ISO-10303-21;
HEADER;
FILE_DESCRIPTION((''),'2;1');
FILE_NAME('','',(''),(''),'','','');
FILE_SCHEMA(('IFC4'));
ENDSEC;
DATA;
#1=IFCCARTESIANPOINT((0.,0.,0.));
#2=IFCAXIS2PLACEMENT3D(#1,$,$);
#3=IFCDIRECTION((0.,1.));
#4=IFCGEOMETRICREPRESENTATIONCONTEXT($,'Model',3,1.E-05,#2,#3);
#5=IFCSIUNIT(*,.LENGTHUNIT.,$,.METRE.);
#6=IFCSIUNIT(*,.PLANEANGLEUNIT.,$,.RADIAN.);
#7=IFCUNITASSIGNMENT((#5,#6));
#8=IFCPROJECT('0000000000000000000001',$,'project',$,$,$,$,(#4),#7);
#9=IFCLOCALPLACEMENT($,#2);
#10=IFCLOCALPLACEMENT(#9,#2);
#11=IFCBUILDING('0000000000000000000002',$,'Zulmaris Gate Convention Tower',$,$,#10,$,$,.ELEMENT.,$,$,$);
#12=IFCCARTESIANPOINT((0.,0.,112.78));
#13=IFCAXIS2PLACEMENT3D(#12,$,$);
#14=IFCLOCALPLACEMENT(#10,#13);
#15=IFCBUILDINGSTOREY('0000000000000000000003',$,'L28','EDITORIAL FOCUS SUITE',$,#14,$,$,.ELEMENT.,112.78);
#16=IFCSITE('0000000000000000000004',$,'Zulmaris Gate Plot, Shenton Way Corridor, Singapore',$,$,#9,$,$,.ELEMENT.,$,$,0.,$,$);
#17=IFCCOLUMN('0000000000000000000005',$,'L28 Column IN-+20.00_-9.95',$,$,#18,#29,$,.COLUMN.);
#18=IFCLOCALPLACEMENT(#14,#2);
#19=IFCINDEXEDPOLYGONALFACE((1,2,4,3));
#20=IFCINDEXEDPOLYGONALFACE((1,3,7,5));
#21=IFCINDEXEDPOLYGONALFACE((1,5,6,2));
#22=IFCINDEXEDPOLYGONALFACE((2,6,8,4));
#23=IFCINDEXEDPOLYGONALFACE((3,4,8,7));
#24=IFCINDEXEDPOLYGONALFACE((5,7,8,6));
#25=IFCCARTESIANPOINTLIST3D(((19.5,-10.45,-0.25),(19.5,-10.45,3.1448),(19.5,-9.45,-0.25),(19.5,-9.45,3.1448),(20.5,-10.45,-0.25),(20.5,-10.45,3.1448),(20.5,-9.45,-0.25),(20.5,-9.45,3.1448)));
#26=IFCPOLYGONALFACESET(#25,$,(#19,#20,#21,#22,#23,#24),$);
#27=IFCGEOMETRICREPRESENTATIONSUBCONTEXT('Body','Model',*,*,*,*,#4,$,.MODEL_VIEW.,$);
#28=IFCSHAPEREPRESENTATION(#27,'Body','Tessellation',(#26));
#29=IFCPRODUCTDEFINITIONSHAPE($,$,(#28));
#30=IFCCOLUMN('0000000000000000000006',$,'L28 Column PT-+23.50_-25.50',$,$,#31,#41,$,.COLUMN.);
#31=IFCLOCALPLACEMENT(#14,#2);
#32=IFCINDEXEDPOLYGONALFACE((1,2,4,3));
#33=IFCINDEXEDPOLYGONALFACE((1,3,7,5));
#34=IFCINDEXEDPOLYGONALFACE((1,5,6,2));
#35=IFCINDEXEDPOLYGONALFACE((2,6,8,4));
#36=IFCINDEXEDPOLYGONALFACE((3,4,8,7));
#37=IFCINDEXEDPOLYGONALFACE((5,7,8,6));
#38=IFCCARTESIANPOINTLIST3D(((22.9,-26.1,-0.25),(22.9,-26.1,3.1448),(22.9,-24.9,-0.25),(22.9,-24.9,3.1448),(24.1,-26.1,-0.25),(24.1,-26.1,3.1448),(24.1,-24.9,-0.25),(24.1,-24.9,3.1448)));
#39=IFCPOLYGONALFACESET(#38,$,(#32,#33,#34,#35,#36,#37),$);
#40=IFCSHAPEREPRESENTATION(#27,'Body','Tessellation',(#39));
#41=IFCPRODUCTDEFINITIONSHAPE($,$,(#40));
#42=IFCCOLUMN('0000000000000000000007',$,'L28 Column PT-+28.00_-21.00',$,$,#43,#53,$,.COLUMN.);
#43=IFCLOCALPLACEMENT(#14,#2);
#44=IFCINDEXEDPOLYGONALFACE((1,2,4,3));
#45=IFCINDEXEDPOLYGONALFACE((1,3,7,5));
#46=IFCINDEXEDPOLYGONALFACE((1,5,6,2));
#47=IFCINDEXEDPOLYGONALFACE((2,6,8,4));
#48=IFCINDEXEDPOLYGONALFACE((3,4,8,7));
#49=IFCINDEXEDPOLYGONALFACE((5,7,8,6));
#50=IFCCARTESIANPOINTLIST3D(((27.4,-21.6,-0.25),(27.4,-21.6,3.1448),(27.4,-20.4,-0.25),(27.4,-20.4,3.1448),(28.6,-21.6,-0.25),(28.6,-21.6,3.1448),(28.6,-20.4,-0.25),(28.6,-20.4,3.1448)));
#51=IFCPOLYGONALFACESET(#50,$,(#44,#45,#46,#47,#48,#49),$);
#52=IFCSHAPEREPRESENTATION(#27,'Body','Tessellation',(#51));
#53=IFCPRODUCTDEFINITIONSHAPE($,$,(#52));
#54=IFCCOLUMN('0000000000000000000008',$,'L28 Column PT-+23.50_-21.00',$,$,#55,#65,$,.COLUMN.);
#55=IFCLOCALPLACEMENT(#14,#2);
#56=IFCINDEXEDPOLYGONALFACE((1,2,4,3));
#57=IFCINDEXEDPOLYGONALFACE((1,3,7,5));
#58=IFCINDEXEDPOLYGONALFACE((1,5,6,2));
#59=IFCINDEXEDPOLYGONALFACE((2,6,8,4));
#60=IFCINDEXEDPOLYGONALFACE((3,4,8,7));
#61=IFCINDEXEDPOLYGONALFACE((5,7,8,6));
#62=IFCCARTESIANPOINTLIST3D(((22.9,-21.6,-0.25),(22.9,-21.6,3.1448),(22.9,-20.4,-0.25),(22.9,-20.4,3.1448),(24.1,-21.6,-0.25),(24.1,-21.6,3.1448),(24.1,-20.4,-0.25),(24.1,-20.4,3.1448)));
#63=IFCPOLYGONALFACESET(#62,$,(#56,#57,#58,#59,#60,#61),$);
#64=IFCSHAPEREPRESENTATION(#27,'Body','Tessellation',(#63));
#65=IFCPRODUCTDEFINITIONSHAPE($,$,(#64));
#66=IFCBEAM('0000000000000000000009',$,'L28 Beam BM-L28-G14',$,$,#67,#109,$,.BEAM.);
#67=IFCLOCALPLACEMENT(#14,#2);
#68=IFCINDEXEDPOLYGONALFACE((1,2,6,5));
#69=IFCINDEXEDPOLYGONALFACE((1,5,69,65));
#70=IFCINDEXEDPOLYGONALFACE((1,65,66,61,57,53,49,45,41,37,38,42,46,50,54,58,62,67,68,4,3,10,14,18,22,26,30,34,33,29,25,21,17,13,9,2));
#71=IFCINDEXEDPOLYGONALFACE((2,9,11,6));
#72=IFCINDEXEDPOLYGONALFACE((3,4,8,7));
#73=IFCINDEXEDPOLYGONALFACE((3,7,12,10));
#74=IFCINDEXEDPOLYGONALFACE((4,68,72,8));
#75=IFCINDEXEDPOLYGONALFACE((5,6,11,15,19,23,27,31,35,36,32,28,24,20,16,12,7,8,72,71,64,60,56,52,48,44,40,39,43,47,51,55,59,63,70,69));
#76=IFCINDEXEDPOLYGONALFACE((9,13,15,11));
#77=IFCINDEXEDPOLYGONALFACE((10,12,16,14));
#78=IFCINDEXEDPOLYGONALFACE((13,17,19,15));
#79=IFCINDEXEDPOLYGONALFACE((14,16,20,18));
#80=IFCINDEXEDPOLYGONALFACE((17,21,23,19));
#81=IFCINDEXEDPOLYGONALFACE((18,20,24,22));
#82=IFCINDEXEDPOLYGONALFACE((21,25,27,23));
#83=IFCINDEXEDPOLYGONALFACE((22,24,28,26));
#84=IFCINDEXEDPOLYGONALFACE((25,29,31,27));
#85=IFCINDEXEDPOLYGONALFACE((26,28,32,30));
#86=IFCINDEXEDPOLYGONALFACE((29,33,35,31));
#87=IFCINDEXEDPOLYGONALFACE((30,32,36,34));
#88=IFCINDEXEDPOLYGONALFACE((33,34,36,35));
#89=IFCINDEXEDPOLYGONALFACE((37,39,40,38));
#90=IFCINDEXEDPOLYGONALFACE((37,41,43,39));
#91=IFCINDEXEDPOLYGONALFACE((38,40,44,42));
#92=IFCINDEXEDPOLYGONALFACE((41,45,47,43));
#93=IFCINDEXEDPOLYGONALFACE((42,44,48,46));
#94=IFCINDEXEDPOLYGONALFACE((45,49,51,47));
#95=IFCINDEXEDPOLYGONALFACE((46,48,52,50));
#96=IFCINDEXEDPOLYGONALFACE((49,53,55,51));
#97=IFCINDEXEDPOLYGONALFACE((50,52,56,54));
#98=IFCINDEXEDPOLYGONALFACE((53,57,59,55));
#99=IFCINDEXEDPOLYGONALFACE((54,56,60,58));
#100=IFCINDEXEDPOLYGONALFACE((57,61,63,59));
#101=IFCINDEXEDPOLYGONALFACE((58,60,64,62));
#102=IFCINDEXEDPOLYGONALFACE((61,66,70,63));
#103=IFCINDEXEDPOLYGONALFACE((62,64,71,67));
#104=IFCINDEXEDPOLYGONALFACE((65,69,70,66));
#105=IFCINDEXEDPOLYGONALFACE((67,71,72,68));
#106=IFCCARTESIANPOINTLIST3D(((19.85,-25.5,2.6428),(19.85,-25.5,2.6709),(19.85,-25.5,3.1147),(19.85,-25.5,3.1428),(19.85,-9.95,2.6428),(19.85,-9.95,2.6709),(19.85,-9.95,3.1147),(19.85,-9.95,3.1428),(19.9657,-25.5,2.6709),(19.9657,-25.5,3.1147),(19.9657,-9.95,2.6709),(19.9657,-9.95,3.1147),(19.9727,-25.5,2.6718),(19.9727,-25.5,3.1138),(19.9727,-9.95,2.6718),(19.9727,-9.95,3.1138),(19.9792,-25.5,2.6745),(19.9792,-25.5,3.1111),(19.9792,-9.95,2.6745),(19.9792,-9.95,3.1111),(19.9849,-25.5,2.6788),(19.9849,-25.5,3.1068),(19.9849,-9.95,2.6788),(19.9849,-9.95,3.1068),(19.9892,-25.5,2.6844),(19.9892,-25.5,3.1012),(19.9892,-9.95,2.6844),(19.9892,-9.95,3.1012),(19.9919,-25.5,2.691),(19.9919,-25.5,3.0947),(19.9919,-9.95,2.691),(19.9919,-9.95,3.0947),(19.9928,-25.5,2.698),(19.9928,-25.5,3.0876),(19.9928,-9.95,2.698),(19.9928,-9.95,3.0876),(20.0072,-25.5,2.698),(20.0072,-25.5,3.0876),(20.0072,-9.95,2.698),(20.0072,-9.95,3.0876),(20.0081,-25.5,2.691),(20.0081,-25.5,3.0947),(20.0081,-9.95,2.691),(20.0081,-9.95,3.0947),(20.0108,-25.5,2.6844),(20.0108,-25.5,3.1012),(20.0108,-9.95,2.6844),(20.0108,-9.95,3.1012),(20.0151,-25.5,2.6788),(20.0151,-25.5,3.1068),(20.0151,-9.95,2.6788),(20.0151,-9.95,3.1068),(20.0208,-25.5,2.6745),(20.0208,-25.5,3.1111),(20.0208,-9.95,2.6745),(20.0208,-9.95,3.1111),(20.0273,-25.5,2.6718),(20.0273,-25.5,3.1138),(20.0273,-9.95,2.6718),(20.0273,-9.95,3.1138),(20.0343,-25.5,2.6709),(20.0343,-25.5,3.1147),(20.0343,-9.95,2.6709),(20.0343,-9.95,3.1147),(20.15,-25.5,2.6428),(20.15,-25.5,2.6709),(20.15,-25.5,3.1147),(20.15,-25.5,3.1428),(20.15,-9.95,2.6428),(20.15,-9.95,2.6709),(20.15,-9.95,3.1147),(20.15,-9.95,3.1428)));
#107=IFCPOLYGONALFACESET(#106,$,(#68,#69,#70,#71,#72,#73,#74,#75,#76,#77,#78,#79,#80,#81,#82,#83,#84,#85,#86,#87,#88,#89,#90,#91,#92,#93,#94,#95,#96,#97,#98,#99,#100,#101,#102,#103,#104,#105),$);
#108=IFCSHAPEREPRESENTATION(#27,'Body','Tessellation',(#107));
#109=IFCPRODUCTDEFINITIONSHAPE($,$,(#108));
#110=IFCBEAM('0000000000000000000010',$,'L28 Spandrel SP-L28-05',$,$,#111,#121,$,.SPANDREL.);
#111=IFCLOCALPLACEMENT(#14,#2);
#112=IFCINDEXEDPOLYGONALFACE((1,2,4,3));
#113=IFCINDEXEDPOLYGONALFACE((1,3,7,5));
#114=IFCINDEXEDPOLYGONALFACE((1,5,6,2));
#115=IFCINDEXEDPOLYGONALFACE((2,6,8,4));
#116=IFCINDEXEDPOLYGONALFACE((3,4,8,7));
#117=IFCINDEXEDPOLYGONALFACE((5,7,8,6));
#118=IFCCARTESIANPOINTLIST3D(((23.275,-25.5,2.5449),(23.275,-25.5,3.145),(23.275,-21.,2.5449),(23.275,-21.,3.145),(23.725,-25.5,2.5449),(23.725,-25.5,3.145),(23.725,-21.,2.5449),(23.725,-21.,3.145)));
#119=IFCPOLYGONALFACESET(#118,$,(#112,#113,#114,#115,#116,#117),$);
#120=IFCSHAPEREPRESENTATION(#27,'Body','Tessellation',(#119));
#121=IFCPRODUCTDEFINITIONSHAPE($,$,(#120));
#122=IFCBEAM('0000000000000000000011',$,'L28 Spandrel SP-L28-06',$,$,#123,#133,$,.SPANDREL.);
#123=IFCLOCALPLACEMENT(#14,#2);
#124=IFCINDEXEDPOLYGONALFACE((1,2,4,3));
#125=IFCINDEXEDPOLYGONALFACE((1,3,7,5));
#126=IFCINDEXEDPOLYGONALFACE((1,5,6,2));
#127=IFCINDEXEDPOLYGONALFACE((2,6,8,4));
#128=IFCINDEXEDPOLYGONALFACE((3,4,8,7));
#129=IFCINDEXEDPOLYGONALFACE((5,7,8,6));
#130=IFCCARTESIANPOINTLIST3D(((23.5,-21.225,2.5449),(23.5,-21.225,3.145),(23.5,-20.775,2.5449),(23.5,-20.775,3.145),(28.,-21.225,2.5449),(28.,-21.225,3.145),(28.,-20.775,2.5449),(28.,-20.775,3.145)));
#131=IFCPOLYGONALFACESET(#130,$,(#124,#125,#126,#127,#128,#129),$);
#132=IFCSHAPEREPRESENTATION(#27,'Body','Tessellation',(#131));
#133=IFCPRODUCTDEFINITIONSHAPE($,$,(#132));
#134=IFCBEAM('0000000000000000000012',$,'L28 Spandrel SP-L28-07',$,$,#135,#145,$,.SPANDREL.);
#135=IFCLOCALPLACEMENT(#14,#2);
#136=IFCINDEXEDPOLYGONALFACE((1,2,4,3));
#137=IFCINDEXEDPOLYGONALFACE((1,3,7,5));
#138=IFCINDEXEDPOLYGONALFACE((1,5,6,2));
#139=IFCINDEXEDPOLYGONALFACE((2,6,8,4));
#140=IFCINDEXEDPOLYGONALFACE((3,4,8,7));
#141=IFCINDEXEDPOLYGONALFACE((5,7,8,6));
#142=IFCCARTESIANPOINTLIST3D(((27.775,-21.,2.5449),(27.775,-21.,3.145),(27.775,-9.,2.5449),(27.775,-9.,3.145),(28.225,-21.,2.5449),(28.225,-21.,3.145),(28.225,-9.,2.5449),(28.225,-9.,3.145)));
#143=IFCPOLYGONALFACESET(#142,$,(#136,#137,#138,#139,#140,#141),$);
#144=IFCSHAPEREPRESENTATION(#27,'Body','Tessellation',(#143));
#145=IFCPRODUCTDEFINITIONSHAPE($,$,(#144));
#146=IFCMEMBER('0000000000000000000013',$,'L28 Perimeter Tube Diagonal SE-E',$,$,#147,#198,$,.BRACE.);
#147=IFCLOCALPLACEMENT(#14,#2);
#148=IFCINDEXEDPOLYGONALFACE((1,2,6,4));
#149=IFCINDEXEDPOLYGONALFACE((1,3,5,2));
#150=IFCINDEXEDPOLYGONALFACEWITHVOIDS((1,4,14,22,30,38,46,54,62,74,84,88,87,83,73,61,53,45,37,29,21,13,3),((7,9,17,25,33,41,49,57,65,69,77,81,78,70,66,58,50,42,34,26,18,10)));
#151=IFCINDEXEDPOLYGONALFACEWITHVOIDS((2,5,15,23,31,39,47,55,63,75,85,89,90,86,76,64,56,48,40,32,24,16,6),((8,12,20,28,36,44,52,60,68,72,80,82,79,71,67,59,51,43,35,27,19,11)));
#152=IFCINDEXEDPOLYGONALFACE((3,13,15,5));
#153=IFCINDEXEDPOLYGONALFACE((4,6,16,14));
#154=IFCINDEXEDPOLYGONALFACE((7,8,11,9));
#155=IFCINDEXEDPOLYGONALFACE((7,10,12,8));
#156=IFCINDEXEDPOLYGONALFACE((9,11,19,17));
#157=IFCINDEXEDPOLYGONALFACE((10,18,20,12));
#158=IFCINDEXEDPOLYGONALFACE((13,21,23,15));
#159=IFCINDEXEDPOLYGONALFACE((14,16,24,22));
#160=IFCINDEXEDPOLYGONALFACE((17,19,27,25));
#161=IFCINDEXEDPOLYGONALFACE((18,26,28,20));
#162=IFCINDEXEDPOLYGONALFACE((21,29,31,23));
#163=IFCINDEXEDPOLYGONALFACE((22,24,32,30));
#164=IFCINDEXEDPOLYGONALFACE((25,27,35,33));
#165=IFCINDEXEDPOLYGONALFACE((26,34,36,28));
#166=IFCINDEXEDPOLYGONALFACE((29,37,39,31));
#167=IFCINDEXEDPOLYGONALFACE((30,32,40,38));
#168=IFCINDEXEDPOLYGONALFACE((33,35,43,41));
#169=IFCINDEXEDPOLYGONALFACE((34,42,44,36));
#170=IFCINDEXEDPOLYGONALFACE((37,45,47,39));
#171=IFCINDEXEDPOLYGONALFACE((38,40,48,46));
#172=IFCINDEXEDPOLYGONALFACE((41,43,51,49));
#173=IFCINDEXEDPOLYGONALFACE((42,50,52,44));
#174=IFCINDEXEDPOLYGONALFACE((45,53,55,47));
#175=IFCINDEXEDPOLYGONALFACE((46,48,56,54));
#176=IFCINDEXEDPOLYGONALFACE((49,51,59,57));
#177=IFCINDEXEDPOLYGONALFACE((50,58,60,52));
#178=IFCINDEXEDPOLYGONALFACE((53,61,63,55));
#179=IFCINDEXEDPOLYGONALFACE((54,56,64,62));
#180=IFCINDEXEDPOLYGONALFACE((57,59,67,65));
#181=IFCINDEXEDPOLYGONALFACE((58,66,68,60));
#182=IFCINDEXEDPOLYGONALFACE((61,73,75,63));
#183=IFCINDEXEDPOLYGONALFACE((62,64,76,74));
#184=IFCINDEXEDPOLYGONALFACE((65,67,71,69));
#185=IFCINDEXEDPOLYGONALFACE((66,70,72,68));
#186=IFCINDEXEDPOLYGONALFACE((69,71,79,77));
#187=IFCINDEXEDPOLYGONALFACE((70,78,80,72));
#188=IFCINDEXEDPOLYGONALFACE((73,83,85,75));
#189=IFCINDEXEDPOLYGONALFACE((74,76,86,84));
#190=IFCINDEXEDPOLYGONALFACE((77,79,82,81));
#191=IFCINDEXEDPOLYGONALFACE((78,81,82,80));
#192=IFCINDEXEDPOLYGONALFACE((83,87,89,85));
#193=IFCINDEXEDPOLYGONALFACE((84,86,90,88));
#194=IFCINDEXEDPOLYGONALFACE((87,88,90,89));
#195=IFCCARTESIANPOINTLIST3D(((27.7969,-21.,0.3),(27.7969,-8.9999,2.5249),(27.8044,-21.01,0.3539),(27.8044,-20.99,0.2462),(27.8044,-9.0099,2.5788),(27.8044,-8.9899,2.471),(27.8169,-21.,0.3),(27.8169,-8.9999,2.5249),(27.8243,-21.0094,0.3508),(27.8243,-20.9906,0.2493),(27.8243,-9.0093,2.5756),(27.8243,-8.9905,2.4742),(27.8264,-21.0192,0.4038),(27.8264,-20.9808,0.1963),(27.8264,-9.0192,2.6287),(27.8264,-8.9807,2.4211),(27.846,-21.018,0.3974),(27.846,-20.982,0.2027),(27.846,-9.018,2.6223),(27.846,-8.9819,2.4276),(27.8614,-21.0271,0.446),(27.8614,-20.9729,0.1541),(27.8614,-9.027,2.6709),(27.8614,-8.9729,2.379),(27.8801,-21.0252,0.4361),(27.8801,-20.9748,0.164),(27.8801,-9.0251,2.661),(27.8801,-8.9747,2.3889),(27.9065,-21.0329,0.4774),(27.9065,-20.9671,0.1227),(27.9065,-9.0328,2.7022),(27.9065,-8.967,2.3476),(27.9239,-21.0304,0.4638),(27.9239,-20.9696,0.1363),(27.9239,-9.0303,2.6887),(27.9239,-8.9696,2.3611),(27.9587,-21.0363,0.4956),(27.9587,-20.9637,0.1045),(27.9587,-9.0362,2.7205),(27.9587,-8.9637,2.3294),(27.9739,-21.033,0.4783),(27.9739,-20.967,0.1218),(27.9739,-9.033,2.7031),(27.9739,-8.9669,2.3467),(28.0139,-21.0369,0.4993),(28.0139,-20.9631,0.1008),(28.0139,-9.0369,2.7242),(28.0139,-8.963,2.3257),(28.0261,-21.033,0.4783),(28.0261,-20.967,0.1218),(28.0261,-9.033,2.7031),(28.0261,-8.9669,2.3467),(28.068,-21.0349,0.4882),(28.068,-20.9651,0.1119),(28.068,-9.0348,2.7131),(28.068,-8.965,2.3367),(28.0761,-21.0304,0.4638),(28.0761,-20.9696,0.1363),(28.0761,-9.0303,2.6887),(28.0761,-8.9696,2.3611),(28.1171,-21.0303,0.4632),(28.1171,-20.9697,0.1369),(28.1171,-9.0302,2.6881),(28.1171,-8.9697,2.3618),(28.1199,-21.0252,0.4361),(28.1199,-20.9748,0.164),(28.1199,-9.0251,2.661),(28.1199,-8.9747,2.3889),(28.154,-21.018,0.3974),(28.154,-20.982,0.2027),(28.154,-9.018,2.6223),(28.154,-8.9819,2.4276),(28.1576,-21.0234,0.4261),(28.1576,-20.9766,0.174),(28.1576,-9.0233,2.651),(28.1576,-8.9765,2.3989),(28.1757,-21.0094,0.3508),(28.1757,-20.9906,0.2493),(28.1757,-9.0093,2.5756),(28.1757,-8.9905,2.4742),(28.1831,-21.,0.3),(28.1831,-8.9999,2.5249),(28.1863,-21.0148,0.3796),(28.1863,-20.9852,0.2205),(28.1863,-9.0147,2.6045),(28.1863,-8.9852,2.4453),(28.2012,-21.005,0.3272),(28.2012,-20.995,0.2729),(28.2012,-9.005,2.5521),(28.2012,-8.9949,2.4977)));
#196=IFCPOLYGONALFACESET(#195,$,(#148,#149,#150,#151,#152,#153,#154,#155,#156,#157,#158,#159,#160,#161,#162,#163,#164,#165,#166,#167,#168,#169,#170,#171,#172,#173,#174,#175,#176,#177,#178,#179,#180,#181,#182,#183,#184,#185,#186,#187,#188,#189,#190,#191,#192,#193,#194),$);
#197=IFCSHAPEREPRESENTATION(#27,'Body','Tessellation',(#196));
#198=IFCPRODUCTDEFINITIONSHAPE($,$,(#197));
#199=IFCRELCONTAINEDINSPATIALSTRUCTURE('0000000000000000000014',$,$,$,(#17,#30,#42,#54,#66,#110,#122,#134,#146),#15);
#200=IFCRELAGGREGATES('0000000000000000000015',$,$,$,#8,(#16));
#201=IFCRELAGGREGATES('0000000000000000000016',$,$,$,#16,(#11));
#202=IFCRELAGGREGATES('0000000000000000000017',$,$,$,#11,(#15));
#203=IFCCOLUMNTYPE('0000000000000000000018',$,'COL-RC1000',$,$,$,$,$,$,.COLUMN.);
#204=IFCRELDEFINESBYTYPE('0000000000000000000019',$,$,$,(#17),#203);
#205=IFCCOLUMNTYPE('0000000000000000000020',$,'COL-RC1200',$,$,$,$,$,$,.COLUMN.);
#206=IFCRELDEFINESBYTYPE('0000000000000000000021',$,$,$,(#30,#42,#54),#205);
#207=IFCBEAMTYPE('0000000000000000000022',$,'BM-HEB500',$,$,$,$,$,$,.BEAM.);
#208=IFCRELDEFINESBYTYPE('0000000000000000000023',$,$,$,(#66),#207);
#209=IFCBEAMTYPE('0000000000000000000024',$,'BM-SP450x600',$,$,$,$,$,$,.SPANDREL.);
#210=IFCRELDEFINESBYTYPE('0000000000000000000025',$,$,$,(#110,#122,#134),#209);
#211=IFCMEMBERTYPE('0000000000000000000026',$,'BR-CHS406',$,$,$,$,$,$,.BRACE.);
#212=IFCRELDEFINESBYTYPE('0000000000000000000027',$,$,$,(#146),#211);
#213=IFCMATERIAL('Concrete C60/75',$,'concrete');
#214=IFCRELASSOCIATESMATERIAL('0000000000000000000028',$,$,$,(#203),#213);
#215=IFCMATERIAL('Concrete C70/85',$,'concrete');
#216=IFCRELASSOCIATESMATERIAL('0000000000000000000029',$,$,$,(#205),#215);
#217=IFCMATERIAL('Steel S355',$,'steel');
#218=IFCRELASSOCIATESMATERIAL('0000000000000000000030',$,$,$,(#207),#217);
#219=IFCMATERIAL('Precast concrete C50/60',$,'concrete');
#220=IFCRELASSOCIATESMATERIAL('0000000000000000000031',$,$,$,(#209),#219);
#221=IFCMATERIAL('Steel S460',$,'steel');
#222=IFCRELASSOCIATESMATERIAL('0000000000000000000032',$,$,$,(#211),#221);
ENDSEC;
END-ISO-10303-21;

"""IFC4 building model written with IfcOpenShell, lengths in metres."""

from ifc_helpers import new_model, si_unit, direction, frame, origin, origin_2d, place, context, subcontext, project, spatial, rectangle, hollow_circle, i_section, extrude, material, material_profile, profile_set, type_object, element, save


model = new_model("IFC4")

# Units and contexts
model_context = context("Model", 3, precision=1e-05, world=origin(), true_north=direction((0.0, 1.0)))
body_context = subcontext(model_context, "Body", "Model", "MODEL_VIEW")
ifc_project = project(units=[si_unit("LENGTHUNIT", "METRE"), si_unit("PLANEANGLEUNIT", "RADIAN")], contexts=[model_context])

# Site, building, storey
site_placement = place(None, origin())
site = spatial("IfcSite", under=ifc_project, at=site_placement, Name="Zulmaris Gate Plot, Shenton Way Corridor, Singapore", CompositionType="ELEMENT", RefElevation=0.0)
building_placement = place(site_placement, origin())
building = spatial("IfcBuilding", under=site, at=building_placement, Name="Zulmaris Gate Convention Tower", CompositionType="ELEMENT")
storey_placement = place(building_placement, frame((0.0, 0.0, 112.78)))
storey = spatial("IfcBuildingStorey", under=building, at=storey_placement, Name="L28", Description="EDITORIAL FOCUS SUITE", CompositionType="ELEMENT", Elevation=112.78)

# Columns
ifc_material_1 = material(Name="Concrete C60/75", Category="concrete")
ifc_material_profile_1 = material_profile(ifc_material_1, rectangle(XDim=1.0, YDim=1.0, at=origin_2d()), Name="RC COL 1000x1000")
ifc_profile_set_1 = profile_set([ifc_material_profile_1], Name="Concrete C60/75")
column_type_1 = type_object("IfcColumnType", Name="COL-RC1000", PredefinedType="COLUMN", material=ifc_profile_set_1)
column_placement = place(storey_placement, frame((20.0, -9.95, -0.25), z_axis=(0.0, 0.0, 1.0), x_axis=(1.0, 0.0, 0.0)))
element("IfcColumn", 1, at=column_placement, inside=storey, type_object=column_type_1, Name="L28 Column IN-+20.00_-9.95", PredefinedType="COLUMN", context=body_context, shape_type="SweptSolid", body=[
    extrude(rectangle(XDim=1.0, YDim=1.0, at=origin_2d()), origin(), (0.0, 0.0, 1.0), 3.3948),
])
ifc_material_2 = material(Name="Concrete C70/85", Category="concrete")
ifc_material_profile_2 = material_profile(ifc_material_2, rectangle(XDim=1.2, YDim=1.2, at=origin_2d()), Name="RC COL 1200x1200")
ifc_profile_set_2 = profile_set([ifc_material_profile_2], Name="Concrete C70/85")
column_type_2 = type_object("IfcColumnType", Name="COL-RC1200", PredefinedType="COLUMN", material=ifc_profile_set_2)
for number, where, z_axis, x_axis, name in (
    (2, (23.5, -25.5, -0.25), (0.0, 0.0, 1.0), (1.0, 0.0, 0.0), "L28 Column PT-+23.50_-25.50"),
    (3, (28.0, -21.0, -0.25), (0.0, 0.0, 1.0), (1.0, 0.0, 0.0), "L28 Column PT-+28.00_-21.00"),
    (4, (23.5, -21.0, -0.25), (0.0, 0.0, 1.0), (1.0, 0.0, 0.0), "L28 Column PT-+23.50_-21.00"),
):
    element("IfcColumn", number, at=place(storey_placement, frame(where, z_axis=z_axis, x_axis=x_axis)), inside=storey, type_object=column_type_2, Name=name, PredefinedType="COLUMN", context=body_context, shape_type="SweptSolid", body=[
        extrude(rectangle(XDim=1.2, YDim=1.2, at=origin_2d()), origin(), (0.0, 0.0, 1.0), 3.3948),
    ])

# Beams
ifc_material_3 = material(Name="Steel S355", Category="steel")
ifc_material_profile_3 = material_profile(ifc_material_3, i_section(OverallWidth=0.3, OverallDepth=0.5, WebThickness=0.0144, FlangeThickness=0.0281, FilletRadius=0.0271, at=origin_2d()), Name="HEB 500")
ifc_profile_set_3 = profile_set([ifc_material_profile_3], Name="Steel S355")
beam_type_1 = type_object("IfcBeamType", Name="BM-HEB500", PredefinedType="BEAM", material=ifc_profile_set_3)
beam_1_placement = place(storey_placement, frame((20.0, -25.5, 2.8928), z_axis=(0.0, 1.0, 0.0), x_axis=(-1.0, 0.0, 0.0)))
element("IfcBeam", 5, at=beam_1_placement, inside=storey, type_object=beam_type_1, Name="L28 Beam BM-L28-G14", PredefinedType="BEAM", context=body_context, shape_type="SweptSolid", body=[
    extrude(i_section(OverallWidth=0.3, OverallDepth=0.5, WebThickness=0.0144, FlangeThickness=0.0281, FilletRadius=0.0271, at=origin_2d()), origin(), (0.0, 0.0, 1.0), 15.55),
])
ifc_material_4 = material(Name="Precast concrete C50/60", Category="concrete")
ifc_material_profile_4 = material_profile(ifc_material_4, rectangle(XDim=0.45, YDim=0.6001, at=origin_2d()), Name="RC SPANDREL 450x600")
ifc_profile_set_4 = profile_set([ifc_material_profile_4], Name="Precast concrete C50/60")
beam_type_2 = type_object("IfcBeamType", Name="BM-SP450x600", PredefinedType="SPANDREL", material=ifc_profile_set_4)
for number, where, z_axis, x_axis, name in (
    (6, (23.5, -25.5, 2.845), (0.0, 1.0, 0.0), (-1.0, 0.0, 0.0), "L28 Spandrel SP-L28-05"),
    (7, (23.5, -21.0, 2.845), (1.0, 0.0, 0.0), (0.0, 1.0, 0.0), "L28 Spandrel SP-L28-06"),
):
    element("IfcBeam", number, at=place(storey_placement, frame(where, z_axis=z_axis, x_axis=x_axis)), inside=storey, type_object=beam_type_2, Name=name, PredefinedType="SPANDREL", context=body_context, shape_type="SweptSolid", body=[
        extrude(rectangle(XDim=0.45, YDim=0.6001, at=origin_2d()), origin(), (0.0, 0.0, 1.0), 4.5),
    ])
beam_2_placement = place(storey_placement, frame((28.0, -21.0, 2.845), z_axis=(0.0, 1.0, 0.0), x_axis=(-1.0, 0.0, 0.0)))
element("IfcBeam", 8, at=beam_2_placement, inside=storey, type_object=beam_type_2, Name="L28 Spandrel SP-L28-07", PredefinedType="SPANDREL", context=body_context, shape_type="SweptSolid", body=[
    extrude(rectangle(XDim=0.45, YDim=0.6001, at=origin_2d()), origin(), (0.0, 0.0, 1.0), 12.0),
])

# Member
ifc_material_5 = material(Name="Steel S460", Category="steel")
ifc_material_profile_5 = material_profile(ifc_material_5, hollow_circle(Radius=0.2031, WallThickness=0.02, at=origin_2d()), Name="CHS 406.4x20")
ifc_profile_set_5 = profile_set([ifc_material_profile_5], Name="Steel S460")
member_type = type_object("IfcMemberType", Name="BR-CHS406", PredefinedType="BRACE", material=ifc_profile_set_5)
member_placement = place(storey_placement, frame((28.0, -21.0, 0.3), z_axis=(0.0, 0.983243, 0.182298), x_axis=(-1.0, 0.0, 0.0)))
element("IfcMember", 9, at=member_placement, inside=storey, type_object=member_type, Name="L28 Perimeter Tube Diagonal SE-E", PredefinedType="BRACE", context=body_context, shape_type="SweptSolid", body=[
    extrude(hollow_circle(Radius=0.2031, WallThickness=0.02, at=origin_2d()), origin(), (0.0, 0.0, 1.0), 12.2046),
])

save(model, "model.ifc")
